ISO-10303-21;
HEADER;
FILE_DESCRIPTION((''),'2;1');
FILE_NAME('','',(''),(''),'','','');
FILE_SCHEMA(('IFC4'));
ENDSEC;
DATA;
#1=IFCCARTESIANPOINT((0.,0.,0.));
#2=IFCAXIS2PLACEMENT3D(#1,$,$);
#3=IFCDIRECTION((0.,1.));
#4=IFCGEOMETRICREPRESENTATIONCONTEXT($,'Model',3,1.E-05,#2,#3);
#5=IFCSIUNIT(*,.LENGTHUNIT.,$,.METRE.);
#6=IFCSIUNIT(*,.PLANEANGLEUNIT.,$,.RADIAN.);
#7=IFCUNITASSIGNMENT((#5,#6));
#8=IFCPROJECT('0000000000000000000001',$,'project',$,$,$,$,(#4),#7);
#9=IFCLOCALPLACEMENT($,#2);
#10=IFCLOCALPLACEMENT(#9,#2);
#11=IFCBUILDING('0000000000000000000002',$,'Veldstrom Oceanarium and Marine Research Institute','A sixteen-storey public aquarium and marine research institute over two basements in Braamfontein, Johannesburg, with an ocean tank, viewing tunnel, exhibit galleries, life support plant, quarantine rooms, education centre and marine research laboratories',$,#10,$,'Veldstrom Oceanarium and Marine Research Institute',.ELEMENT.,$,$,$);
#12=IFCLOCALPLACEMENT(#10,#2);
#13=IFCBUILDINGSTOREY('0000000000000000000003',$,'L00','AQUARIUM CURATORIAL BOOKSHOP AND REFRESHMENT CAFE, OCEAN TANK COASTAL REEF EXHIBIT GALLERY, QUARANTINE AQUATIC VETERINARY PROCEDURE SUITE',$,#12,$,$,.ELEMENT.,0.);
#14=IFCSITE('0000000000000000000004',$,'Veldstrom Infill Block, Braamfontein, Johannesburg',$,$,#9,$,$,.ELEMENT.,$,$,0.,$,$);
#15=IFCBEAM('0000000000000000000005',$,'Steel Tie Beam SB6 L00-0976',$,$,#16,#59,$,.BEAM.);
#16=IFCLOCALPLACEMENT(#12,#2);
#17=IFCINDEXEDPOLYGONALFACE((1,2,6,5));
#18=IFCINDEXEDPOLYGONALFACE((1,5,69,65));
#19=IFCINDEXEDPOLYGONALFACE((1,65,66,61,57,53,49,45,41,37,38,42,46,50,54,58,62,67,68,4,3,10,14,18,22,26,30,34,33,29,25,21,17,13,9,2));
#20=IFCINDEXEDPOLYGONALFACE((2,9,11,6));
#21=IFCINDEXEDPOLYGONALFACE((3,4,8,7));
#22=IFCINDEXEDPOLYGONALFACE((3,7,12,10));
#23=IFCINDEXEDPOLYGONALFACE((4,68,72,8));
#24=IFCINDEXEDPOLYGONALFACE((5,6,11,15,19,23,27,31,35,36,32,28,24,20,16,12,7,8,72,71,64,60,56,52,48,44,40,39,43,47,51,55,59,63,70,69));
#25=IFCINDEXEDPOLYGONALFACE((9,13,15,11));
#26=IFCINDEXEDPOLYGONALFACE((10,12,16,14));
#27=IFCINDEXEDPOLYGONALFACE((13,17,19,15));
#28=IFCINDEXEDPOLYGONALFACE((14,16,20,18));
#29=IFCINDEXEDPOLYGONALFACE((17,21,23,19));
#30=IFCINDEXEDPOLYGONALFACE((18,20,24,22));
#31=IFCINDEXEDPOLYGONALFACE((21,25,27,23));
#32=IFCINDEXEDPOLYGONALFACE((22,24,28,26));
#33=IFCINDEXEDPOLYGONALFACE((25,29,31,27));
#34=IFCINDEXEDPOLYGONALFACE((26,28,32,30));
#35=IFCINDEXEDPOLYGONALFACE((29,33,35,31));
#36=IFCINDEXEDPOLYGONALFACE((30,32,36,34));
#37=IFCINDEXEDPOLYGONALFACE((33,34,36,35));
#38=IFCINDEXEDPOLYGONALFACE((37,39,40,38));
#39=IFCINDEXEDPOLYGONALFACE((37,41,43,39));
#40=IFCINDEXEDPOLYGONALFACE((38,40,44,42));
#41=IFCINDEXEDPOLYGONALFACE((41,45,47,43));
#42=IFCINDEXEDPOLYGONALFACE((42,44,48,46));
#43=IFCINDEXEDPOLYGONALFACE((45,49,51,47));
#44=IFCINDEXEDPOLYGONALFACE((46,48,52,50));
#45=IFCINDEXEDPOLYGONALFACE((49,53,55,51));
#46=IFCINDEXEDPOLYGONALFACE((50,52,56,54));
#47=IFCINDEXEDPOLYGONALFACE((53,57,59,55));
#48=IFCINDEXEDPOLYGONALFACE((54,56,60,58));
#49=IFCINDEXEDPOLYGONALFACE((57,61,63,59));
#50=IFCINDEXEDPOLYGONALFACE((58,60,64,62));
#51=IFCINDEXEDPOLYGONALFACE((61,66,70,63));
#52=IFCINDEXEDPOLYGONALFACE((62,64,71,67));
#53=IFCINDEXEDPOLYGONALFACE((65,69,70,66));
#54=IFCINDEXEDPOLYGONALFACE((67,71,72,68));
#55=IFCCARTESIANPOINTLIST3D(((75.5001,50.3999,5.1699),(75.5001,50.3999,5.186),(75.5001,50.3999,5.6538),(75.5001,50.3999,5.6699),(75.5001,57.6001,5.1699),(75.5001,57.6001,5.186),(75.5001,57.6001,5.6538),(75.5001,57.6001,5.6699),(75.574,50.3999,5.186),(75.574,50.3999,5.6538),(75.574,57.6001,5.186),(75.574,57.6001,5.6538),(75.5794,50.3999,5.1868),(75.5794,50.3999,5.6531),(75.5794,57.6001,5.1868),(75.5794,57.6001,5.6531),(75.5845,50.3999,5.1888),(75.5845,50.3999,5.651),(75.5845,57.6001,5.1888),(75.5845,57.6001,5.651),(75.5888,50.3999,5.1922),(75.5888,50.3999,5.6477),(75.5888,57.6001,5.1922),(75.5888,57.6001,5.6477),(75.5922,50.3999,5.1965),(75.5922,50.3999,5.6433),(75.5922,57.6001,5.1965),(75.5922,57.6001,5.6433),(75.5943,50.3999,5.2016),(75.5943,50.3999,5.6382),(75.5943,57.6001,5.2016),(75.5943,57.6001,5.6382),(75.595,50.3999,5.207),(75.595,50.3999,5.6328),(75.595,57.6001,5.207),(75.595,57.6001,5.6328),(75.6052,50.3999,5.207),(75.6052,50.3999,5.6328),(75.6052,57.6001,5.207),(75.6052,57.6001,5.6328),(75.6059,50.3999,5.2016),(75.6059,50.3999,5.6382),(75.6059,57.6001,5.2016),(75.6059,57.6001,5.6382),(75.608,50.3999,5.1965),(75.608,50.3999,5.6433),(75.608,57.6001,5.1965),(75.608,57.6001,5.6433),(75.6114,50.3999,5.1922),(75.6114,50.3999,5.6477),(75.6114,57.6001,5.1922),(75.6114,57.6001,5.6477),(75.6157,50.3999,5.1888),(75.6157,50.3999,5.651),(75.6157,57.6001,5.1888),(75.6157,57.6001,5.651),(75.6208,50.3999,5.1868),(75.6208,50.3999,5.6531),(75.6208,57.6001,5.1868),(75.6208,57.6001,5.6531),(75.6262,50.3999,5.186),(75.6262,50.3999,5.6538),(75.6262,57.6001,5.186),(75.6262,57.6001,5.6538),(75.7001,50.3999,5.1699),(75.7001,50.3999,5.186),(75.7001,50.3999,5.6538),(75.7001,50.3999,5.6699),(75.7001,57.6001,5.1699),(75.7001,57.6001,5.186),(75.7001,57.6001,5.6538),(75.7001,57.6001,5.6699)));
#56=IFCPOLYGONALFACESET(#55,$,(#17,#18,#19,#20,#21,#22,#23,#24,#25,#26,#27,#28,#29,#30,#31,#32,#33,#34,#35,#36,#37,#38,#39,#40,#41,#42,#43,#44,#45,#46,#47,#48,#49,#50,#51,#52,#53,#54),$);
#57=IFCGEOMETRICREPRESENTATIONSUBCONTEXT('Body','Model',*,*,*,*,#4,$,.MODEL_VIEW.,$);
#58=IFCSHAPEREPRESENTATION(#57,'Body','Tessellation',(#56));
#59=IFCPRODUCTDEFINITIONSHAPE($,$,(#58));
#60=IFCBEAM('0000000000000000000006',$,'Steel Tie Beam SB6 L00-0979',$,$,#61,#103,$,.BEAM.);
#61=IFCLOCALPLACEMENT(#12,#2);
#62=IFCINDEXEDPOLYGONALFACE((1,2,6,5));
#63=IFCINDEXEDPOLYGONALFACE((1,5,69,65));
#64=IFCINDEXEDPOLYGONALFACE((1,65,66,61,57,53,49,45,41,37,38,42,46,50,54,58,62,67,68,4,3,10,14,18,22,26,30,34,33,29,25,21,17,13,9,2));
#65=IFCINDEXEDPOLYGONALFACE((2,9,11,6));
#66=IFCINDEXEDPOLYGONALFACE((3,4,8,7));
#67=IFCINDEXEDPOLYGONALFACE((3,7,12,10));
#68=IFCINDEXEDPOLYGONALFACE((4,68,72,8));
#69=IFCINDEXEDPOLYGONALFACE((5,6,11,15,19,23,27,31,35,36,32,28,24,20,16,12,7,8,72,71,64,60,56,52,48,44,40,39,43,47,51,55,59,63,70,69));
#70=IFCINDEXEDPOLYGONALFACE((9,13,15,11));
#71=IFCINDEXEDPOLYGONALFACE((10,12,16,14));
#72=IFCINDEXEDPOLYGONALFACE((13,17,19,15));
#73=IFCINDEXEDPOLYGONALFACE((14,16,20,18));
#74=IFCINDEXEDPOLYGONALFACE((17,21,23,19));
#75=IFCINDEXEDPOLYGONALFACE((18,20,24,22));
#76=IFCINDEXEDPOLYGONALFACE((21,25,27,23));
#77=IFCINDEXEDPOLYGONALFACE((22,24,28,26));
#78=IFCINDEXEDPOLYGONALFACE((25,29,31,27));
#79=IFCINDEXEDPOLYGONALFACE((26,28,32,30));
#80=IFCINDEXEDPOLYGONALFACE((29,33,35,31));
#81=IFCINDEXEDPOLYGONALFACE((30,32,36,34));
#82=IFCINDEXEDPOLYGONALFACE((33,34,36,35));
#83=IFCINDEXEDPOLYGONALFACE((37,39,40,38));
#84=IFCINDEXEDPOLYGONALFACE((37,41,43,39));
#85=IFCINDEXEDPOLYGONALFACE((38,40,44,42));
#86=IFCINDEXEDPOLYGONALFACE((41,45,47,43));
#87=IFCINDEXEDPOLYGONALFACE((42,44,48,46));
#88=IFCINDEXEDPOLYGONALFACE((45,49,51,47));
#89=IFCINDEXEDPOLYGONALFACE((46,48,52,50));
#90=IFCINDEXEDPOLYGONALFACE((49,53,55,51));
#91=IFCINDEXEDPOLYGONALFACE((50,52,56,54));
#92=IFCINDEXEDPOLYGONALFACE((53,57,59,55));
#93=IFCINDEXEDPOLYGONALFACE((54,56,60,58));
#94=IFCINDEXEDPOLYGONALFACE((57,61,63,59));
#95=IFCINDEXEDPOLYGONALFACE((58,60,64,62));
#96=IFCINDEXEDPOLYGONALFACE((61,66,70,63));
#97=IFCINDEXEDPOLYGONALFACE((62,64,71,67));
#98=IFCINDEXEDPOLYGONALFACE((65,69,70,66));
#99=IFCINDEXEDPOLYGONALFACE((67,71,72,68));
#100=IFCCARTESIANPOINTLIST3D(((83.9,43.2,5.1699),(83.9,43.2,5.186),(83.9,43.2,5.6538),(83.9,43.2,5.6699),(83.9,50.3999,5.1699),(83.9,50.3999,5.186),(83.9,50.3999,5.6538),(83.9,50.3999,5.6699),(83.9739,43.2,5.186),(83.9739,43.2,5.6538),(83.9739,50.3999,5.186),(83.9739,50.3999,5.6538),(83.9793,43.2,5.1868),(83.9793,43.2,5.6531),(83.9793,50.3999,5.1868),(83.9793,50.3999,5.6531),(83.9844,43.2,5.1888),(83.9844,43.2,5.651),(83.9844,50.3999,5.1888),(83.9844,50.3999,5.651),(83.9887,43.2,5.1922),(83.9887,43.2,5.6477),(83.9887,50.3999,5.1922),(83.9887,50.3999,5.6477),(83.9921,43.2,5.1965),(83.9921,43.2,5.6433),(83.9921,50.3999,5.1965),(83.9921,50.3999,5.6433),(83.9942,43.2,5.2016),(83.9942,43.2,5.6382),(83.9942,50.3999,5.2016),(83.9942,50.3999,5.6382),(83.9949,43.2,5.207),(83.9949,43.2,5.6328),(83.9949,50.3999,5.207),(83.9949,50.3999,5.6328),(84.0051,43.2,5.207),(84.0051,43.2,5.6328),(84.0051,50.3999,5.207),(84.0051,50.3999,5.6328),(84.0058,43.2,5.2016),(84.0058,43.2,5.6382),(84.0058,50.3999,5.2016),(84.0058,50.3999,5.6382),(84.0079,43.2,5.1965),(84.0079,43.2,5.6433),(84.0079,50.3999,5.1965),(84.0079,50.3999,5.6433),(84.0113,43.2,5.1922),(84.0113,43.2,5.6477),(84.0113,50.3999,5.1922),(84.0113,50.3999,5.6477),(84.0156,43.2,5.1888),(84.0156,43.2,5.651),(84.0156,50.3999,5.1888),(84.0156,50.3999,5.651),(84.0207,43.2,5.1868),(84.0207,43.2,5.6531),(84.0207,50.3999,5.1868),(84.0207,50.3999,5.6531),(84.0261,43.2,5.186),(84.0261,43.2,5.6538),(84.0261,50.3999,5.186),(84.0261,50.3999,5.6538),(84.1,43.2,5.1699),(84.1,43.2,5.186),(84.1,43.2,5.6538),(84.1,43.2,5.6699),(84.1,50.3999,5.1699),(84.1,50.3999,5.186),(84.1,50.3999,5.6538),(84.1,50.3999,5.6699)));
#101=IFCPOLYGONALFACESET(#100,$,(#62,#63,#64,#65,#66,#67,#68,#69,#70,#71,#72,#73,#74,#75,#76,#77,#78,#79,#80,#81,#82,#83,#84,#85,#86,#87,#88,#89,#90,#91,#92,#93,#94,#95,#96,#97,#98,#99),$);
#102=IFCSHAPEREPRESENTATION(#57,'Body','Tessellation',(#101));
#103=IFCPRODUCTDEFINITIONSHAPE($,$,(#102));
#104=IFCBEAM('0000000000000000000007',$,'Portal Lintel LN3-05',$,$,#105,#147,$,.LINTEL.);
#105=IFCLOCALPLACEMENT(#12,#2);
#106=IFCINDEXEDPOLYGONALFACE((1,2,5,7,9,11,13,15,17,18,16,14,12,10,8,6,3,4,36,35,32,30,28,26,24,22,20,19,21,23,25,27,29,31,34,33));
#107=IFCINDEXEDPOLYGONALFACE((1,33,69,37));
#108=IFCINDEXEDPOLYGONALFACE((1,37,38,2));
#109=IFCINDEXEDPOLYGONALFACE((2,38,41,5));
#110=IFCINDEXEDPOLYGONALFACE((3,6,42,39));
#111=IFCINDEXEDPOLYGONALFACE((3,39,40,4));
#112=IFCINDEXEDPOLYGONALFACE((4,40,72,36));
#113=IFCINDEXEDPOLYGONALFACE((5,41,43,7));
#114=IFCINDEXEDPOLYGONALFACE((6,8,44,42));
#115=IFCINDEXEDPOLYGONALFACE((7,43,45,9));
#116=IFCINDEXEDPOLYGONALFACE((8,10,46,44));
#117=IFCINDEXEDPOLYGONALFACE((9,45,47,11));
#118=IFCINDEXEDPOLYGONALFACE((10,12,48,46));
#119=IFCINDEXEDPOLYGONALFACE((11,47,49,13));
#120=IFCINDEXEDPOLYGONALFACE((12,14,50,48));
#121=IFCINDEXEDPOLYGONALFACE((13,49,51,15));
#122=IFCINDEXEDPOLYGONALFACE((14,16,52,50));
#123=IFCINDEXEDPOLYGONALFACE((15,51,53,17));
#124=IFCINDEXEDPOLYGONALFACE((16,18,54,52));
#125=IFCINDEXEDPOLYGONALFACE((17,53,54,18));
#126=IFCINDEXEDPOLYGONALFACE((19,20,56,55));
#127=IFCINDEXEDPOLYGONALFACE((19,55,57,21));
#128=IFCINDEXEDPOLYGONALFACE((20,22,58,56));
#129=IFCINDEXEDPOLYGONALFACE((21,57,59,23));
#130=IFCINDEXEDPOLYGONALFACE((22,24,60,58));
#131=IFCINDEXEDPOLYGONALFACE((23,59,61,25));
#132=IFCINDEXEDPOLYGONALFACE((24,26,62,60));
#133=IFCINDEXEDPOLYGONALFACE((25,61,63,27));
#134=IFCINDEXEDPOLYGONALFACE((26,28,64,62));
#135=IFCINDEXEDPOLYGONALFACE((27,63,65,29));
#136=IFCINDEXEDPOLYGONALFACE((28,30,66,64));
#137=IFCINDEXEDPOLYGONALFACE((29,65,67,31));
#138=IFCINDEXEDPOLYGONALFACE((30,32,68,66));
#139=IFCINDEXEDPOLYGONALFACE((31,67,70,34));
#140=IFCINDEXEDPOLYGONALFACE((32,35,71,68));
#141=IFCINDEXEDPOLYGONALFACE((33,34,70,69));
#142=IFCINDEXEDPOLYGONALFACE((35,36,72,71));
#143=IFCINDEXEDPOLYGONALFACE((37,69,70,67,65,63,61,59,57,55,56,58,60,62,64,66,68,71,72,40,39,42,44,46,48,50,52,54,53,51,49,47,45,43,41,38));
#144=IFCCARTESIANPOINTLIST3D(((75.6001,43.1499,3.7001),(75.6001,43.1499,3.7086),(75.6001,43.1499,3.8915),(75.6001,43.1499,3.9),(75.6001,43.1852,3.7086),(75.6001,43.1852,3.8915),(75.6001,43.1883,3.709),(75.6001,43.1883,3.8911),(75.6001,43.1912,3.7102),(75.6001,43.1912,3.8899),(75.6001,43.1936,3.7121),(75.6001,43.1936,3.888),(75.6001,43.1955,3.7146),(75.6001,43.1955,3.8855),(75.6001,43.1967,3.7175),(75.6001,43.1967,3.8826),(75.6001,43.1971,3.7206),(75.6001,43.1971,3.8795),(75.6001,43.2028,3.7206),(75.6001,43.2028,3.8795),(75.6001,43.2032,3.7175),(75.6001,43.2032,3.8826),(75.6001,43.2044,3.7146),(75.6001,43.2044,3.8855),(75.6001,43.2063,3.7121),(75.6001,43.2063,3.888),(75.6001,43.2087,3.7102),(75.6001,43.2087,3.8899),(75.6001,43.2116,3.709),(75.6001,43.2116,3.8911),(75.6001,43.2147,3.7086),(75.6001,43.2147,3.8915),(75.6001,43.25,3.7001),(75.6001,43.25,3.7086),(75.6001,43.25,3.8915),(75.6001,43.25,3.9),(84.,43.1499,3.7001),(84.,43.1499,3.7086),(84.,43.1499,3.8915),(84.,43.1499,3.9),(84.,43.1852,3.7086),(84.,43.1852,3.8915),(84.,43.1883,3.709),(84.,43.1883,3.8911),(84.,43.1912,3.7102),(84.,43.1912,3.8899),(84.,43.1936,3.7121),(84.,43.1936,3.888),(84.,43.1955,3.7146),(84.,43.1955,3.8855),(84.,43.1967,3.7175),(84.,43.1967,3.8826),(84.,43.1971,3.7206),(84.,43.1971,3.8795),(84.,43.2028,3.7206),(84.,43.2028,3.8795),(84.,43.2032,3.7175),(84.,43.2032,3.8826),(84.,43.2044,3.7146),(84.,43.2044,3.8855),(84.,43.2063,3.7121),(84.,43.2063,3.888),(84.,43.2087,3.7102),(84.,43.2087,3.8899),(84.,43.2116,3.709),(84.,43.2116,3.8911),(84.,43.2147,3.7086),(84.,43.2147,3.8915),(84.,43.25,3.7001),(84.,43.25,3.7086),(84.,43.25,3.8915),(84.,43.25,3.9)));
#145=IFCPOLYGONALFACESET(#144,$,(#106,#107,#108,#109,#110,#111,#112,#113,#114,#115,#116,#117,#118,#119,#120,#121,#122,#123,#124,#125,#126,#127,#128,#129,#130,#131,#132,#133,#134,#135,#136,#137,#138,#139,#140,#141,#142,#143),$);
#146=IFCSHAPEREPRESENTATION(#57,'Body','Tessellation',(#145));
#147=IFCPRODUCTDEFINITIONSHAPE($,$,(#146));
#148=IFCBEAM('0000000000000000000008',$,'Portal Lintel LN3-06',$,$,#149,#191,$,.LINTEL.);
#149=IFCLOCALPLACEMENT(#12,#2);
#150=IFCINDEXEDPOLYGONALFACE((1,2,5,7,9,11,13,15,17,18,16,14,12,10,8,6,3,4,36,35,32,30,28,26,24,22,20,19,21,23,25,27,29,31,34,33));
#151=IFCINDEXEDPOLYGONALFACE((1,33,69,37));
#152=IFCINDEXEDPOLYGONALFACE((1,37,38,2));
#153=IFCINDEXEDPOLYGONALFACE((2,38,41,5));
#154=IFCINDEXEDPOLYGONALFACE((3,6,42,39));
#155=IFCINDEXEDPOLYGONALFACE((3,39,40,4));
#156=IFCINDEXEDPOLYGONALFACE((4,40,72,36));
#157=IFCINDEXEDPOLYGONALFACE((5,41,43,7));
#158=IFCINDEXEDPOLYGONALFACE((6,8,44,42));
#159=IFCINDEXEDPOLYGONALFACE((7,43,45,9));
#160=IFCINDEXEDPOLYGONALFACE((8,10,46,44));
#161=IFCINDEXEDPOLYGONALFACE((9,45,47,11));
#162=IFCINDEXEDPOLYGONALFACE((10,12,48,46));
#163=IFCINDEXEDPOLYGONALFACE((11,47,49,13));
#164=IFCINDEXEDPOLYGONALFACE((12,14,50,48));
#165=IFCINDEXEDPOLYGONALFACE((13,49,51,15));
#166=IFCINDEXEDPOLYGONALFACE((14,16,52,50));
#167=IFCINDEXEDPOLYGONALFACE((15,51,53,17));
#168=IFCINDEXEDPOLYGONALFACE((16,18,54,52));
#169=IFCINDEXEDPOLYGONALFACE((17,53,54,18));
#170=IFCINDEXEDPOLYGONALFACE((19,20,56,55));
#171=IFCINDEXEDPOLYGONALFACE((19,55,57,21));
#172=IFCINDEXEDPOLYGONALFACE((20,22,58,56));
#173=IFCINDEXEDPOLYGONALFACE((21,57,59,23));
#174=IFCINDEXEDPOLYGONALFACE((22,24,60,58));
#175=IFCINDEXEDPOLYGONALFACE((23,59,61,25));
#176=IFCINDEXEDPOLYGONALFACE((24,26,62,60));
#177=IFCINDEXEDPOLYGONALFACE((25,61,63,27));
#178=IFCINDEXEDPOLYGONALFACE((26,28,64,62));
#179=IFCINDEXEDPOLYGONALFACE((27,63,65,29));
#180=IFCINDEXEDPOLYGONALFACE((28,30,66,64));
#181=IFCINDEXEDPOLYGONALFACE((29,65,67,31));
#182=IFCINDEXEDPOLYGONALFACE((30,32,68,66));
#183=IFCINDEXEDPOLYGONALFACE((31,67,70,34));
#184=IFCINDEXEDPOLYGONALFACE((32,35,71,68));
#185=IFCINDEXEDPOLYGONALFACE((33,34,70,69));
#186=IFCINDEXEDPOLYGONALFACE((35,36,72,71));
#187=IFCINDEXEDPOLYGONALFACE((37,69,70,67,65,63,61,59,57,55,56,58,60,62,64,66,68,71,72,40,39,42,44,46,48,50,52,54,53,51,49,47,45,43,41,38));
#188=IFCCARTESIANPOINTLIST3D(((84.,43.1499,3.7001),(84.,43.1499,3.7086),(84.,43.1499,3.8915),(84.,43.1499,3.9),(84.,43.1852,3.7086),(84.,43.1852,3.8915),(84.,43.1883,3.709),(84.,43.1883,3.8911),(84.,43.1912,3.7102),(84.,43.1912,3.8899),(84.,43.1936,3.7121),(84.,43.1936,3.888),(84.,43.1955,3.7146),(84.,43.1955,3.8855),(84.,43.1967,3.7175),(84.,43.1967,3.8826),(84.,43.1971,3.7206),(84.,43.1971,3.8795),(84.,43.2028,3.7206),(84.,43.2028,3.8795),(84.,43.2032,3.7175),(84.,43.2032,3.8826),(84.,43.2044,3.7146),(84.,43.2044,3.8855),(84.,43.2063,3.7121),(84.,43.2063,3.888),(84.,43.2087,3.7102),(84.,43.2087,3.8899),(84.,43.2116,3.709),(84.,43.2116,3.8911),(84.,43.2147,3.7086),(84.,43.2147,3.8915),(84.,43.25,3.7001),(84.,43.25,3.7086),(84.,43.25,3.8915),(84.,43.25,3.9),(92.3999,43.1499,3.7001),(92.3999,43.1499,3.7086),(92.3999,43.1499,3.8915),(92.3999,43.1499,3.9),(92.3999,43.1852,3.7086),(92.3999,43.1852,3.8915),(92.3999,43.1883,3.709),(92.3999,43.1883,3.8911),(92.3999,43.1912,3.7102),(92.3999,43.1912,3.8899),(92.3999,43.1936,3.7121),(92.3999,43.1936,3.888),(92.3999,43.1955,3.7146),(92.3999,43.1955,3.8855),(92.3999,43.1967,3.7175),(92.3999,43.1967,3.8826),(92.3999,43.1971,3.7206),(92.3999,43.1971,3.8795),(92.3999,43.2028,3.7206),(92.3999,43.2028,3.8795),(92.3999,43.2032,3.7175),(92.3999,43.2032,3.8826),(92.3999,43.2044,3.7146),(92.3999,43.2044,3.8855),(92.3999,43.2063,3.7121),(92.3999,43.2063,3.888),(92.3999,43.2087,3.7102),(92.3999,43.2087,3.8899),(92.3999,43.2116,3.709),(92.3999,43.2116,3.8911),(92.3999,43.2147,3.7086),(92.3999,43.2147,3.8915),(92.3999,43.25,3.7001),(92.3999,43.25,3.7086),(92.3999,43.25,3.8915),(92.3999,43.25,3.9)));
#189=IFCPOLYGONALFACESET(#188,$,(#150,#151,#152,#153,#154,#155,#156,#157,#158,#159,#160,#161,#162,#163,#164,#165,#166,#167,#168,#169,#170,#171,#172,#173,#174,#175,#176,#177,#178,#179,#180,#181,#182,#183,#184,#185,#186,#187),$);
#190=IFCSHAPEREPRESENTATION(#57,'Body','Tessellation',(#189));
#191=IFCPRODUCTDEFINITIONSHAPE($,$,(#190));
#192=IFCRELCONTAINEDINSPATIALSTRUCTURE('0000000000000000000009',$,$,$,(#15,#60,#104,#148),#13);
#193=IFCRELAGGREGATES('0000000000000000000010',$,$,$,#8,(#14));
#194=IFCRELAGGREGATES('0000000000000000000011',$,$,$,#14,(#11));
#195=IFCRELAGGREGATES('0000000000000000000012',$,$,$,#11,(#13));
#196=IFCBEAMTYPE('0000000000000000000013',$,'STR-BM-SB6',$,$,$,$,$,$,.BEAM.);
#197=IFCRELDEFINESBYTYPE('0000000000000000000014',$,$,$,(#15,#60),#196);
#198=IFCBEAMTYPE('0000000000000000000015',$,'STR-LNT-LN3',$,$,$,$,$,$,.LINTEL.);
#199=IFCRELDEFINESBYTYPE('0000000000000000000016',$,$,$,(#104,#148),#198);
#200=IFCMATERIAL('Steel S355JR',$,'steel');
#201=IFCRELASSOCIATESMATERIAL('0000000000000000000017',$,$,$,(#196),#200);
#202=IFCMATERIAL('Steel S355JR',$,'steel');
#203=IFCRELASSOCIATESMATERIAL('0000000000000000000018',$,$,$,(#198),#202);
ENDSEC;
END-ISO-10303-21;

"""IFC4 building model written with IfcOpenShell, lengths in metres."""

from ifc_helpers import new_model, si_unit, direction, frame, origin, origin_2d, place, context, subcontext, project, spatial, i_section, extrude, material, material_profile, profile_set, type_object, element, save


model = new_model("IFC4")

# Units and contexts
model_context = context("Model", 3, precision=1e-05, world=origin(), true_north=direction((0.0, 1.0)))
body_context = subcontext(model_context, "Body", "Model", "MODEL_VIEW")
ifc_project = project(units=[si_unit("LENGTHUNIT", "METRE"), si_unit("PLANEANGLEUNIT", "RADIAN")], contexts=[model_context])

# Site, building, storey
site_placement = place(None, origin())
site = spatial("IfcSite", under=ifc_project, at=site_placement, Name="Veldstrom Infill Block, Braamfontein, Johannesburg", CompositionType="ELEMENT", RefElevation=0.0)
building_placement = place(site_placement, origin())
building = spatial("IfcBuilding", under=site, at=building_placement, Name="Veldstrom Oceanarium and Marine Research Institute", Description="A sixteen-storey public aquarium and marine research institute over two basements in Braamfontein, Johannesburg, with an ocean tank, viewing tunnel, exhibit galleries, life support plant, quarantine rooms, education centre and marine research laboratories", LongName="Veldstrom Oceanarium and Marine Research Institute", CompositionType="ELEMENT")
storey_placement = place(building_placement, origin())
storey = spatial("IfcBuildingStorey", under=building, at=storey_placement, Name="L00", Description="AQUARIUM CURATORIAL BOOKSHOP AND REFRESHMENT CAFE, OCEAN TANK COASTAL REEF EXHIBIT GALLERY, QUARANTINE AQUATIC VETERINARY PROCEDURE SUITE", CompositionType="ELEMENT", Elevation=0.0)

# Beams
ifc_material_1 = material(Name="Steel S355JR", Category="steel")
ifc_material_profile_1 = material_profile(ifc_material_1, i_section(OverallWidth=0.2, OverallDepth=0.5, WebThickness=0.0103, FlangeThickness=0.0161, FilletRadius=0.021, at=origin_2d()), Name="IPE 500")
ifc_profile_set_1 = profile_set([ifc_material_profile_1], Name="Steel S355JR")
beam_type_1 = type_object("IfcBeamType", Name="STR-BM-SB6", PredefinedType="BEAM", material=ifc_profile_set_1)
beam_1_placement = place(storey_placement, frame((75.6001, 50.3999, 5.4199), z_axis=(0.0, 1.0, 0.0), x_axis=(-1.0, 0.0, 0.0)))
element("IfcBeam", 1, at=beam_1_placement, inside=storey, type_object=beam_type_1, Name="Steel Tie Beam SB6 L00-0976", PredefinedType="BEAM", context=body_context, shape_type="SweptSolid", body=[
    extrude(i_section(OverallWidth=0.2, OverallDepth=0.5, WebThickness=0.0103, FlangeThickness=0.0161, FilletRadius=0.021, at=origin_2d()), origin(), (0.0, 0.0, 1.0), 7.2002),
])
beam_2_placement = place(storey_placement, frame((84.0, 43.2, 5.4199), z_axis=(0.0, 1.0, 0.0), x_axis=(-1.0, 0.0, 0.0)))
element("IfcBeam", 2, at=beam_2_placement, inside=storey, type_object=beam_type_1, Name="Steel Tie Beam SB6 L00-0979", PredefinedType="BEAM", context=body_context, shape_type="SweptSolid", body=[
    extrude(i_section(OverallWidth=0.2, OverallDepth=0.5, WebThickness=0.0103, FlangeThickness=0.0161, FilletRadius=0.021, at=origin_2d()), origin(), (0.0, 0.0, 1.0), 7.2),
])
ifc_material_2 = material(Name="Steel S355JR", Category="steel")
ifc_material_profile_2 = material_profile(ifc_material_2, i_section(OverallWidth=0.1001, OverallDepth=0.2, WebThickness=0.0056, FlangeThickness=0.0085, FilletRadius=0.012, at=origin_2d()), Name="IPE 200")
ifc_profile_set_2 = profile_set([ifc_material_profile_2], Name="Steel S355JR")
beam_type_2 = type_object("IfcBeamType", Name="STR-LNT-LN3", PredefinedType="LINTEL", material=ifc_profile_set_2)
for number, where, z_axis, x_axis, name in (
    (3, (75.6001, 43.2, 3.8), (1.0, 0.0, 0.0), (0.0, 1.0, 0.0), "Portal Lintel LN3-05"),
    (4, (84.0, 43.2, 3.8), (1.0, 0.0, 0.0), (0.0, 1.0, 0.0), "Portal Lintel LN3-06"),
):
    element("IfcBeam", number, at=place(storey_placement, frame(where, z_axis=z_axis, x_axis=x_axis)), inside=storey, type_object=beam_type_2, Name=name, PredefinedType="LINTEL", context=body_context, shape_type="SweptSolid", body=[
        extrude(i_section(OverallWidth=0.1001, OverallDepth=0.2, WebThickness=0.0056, FlangeThickness=0.0085, FilletRadius=0.012, at=origin_2d()), origin(), (0.0, 0.0, 1.0), 8.3999),
    ])

save(model, "model.ifc")
